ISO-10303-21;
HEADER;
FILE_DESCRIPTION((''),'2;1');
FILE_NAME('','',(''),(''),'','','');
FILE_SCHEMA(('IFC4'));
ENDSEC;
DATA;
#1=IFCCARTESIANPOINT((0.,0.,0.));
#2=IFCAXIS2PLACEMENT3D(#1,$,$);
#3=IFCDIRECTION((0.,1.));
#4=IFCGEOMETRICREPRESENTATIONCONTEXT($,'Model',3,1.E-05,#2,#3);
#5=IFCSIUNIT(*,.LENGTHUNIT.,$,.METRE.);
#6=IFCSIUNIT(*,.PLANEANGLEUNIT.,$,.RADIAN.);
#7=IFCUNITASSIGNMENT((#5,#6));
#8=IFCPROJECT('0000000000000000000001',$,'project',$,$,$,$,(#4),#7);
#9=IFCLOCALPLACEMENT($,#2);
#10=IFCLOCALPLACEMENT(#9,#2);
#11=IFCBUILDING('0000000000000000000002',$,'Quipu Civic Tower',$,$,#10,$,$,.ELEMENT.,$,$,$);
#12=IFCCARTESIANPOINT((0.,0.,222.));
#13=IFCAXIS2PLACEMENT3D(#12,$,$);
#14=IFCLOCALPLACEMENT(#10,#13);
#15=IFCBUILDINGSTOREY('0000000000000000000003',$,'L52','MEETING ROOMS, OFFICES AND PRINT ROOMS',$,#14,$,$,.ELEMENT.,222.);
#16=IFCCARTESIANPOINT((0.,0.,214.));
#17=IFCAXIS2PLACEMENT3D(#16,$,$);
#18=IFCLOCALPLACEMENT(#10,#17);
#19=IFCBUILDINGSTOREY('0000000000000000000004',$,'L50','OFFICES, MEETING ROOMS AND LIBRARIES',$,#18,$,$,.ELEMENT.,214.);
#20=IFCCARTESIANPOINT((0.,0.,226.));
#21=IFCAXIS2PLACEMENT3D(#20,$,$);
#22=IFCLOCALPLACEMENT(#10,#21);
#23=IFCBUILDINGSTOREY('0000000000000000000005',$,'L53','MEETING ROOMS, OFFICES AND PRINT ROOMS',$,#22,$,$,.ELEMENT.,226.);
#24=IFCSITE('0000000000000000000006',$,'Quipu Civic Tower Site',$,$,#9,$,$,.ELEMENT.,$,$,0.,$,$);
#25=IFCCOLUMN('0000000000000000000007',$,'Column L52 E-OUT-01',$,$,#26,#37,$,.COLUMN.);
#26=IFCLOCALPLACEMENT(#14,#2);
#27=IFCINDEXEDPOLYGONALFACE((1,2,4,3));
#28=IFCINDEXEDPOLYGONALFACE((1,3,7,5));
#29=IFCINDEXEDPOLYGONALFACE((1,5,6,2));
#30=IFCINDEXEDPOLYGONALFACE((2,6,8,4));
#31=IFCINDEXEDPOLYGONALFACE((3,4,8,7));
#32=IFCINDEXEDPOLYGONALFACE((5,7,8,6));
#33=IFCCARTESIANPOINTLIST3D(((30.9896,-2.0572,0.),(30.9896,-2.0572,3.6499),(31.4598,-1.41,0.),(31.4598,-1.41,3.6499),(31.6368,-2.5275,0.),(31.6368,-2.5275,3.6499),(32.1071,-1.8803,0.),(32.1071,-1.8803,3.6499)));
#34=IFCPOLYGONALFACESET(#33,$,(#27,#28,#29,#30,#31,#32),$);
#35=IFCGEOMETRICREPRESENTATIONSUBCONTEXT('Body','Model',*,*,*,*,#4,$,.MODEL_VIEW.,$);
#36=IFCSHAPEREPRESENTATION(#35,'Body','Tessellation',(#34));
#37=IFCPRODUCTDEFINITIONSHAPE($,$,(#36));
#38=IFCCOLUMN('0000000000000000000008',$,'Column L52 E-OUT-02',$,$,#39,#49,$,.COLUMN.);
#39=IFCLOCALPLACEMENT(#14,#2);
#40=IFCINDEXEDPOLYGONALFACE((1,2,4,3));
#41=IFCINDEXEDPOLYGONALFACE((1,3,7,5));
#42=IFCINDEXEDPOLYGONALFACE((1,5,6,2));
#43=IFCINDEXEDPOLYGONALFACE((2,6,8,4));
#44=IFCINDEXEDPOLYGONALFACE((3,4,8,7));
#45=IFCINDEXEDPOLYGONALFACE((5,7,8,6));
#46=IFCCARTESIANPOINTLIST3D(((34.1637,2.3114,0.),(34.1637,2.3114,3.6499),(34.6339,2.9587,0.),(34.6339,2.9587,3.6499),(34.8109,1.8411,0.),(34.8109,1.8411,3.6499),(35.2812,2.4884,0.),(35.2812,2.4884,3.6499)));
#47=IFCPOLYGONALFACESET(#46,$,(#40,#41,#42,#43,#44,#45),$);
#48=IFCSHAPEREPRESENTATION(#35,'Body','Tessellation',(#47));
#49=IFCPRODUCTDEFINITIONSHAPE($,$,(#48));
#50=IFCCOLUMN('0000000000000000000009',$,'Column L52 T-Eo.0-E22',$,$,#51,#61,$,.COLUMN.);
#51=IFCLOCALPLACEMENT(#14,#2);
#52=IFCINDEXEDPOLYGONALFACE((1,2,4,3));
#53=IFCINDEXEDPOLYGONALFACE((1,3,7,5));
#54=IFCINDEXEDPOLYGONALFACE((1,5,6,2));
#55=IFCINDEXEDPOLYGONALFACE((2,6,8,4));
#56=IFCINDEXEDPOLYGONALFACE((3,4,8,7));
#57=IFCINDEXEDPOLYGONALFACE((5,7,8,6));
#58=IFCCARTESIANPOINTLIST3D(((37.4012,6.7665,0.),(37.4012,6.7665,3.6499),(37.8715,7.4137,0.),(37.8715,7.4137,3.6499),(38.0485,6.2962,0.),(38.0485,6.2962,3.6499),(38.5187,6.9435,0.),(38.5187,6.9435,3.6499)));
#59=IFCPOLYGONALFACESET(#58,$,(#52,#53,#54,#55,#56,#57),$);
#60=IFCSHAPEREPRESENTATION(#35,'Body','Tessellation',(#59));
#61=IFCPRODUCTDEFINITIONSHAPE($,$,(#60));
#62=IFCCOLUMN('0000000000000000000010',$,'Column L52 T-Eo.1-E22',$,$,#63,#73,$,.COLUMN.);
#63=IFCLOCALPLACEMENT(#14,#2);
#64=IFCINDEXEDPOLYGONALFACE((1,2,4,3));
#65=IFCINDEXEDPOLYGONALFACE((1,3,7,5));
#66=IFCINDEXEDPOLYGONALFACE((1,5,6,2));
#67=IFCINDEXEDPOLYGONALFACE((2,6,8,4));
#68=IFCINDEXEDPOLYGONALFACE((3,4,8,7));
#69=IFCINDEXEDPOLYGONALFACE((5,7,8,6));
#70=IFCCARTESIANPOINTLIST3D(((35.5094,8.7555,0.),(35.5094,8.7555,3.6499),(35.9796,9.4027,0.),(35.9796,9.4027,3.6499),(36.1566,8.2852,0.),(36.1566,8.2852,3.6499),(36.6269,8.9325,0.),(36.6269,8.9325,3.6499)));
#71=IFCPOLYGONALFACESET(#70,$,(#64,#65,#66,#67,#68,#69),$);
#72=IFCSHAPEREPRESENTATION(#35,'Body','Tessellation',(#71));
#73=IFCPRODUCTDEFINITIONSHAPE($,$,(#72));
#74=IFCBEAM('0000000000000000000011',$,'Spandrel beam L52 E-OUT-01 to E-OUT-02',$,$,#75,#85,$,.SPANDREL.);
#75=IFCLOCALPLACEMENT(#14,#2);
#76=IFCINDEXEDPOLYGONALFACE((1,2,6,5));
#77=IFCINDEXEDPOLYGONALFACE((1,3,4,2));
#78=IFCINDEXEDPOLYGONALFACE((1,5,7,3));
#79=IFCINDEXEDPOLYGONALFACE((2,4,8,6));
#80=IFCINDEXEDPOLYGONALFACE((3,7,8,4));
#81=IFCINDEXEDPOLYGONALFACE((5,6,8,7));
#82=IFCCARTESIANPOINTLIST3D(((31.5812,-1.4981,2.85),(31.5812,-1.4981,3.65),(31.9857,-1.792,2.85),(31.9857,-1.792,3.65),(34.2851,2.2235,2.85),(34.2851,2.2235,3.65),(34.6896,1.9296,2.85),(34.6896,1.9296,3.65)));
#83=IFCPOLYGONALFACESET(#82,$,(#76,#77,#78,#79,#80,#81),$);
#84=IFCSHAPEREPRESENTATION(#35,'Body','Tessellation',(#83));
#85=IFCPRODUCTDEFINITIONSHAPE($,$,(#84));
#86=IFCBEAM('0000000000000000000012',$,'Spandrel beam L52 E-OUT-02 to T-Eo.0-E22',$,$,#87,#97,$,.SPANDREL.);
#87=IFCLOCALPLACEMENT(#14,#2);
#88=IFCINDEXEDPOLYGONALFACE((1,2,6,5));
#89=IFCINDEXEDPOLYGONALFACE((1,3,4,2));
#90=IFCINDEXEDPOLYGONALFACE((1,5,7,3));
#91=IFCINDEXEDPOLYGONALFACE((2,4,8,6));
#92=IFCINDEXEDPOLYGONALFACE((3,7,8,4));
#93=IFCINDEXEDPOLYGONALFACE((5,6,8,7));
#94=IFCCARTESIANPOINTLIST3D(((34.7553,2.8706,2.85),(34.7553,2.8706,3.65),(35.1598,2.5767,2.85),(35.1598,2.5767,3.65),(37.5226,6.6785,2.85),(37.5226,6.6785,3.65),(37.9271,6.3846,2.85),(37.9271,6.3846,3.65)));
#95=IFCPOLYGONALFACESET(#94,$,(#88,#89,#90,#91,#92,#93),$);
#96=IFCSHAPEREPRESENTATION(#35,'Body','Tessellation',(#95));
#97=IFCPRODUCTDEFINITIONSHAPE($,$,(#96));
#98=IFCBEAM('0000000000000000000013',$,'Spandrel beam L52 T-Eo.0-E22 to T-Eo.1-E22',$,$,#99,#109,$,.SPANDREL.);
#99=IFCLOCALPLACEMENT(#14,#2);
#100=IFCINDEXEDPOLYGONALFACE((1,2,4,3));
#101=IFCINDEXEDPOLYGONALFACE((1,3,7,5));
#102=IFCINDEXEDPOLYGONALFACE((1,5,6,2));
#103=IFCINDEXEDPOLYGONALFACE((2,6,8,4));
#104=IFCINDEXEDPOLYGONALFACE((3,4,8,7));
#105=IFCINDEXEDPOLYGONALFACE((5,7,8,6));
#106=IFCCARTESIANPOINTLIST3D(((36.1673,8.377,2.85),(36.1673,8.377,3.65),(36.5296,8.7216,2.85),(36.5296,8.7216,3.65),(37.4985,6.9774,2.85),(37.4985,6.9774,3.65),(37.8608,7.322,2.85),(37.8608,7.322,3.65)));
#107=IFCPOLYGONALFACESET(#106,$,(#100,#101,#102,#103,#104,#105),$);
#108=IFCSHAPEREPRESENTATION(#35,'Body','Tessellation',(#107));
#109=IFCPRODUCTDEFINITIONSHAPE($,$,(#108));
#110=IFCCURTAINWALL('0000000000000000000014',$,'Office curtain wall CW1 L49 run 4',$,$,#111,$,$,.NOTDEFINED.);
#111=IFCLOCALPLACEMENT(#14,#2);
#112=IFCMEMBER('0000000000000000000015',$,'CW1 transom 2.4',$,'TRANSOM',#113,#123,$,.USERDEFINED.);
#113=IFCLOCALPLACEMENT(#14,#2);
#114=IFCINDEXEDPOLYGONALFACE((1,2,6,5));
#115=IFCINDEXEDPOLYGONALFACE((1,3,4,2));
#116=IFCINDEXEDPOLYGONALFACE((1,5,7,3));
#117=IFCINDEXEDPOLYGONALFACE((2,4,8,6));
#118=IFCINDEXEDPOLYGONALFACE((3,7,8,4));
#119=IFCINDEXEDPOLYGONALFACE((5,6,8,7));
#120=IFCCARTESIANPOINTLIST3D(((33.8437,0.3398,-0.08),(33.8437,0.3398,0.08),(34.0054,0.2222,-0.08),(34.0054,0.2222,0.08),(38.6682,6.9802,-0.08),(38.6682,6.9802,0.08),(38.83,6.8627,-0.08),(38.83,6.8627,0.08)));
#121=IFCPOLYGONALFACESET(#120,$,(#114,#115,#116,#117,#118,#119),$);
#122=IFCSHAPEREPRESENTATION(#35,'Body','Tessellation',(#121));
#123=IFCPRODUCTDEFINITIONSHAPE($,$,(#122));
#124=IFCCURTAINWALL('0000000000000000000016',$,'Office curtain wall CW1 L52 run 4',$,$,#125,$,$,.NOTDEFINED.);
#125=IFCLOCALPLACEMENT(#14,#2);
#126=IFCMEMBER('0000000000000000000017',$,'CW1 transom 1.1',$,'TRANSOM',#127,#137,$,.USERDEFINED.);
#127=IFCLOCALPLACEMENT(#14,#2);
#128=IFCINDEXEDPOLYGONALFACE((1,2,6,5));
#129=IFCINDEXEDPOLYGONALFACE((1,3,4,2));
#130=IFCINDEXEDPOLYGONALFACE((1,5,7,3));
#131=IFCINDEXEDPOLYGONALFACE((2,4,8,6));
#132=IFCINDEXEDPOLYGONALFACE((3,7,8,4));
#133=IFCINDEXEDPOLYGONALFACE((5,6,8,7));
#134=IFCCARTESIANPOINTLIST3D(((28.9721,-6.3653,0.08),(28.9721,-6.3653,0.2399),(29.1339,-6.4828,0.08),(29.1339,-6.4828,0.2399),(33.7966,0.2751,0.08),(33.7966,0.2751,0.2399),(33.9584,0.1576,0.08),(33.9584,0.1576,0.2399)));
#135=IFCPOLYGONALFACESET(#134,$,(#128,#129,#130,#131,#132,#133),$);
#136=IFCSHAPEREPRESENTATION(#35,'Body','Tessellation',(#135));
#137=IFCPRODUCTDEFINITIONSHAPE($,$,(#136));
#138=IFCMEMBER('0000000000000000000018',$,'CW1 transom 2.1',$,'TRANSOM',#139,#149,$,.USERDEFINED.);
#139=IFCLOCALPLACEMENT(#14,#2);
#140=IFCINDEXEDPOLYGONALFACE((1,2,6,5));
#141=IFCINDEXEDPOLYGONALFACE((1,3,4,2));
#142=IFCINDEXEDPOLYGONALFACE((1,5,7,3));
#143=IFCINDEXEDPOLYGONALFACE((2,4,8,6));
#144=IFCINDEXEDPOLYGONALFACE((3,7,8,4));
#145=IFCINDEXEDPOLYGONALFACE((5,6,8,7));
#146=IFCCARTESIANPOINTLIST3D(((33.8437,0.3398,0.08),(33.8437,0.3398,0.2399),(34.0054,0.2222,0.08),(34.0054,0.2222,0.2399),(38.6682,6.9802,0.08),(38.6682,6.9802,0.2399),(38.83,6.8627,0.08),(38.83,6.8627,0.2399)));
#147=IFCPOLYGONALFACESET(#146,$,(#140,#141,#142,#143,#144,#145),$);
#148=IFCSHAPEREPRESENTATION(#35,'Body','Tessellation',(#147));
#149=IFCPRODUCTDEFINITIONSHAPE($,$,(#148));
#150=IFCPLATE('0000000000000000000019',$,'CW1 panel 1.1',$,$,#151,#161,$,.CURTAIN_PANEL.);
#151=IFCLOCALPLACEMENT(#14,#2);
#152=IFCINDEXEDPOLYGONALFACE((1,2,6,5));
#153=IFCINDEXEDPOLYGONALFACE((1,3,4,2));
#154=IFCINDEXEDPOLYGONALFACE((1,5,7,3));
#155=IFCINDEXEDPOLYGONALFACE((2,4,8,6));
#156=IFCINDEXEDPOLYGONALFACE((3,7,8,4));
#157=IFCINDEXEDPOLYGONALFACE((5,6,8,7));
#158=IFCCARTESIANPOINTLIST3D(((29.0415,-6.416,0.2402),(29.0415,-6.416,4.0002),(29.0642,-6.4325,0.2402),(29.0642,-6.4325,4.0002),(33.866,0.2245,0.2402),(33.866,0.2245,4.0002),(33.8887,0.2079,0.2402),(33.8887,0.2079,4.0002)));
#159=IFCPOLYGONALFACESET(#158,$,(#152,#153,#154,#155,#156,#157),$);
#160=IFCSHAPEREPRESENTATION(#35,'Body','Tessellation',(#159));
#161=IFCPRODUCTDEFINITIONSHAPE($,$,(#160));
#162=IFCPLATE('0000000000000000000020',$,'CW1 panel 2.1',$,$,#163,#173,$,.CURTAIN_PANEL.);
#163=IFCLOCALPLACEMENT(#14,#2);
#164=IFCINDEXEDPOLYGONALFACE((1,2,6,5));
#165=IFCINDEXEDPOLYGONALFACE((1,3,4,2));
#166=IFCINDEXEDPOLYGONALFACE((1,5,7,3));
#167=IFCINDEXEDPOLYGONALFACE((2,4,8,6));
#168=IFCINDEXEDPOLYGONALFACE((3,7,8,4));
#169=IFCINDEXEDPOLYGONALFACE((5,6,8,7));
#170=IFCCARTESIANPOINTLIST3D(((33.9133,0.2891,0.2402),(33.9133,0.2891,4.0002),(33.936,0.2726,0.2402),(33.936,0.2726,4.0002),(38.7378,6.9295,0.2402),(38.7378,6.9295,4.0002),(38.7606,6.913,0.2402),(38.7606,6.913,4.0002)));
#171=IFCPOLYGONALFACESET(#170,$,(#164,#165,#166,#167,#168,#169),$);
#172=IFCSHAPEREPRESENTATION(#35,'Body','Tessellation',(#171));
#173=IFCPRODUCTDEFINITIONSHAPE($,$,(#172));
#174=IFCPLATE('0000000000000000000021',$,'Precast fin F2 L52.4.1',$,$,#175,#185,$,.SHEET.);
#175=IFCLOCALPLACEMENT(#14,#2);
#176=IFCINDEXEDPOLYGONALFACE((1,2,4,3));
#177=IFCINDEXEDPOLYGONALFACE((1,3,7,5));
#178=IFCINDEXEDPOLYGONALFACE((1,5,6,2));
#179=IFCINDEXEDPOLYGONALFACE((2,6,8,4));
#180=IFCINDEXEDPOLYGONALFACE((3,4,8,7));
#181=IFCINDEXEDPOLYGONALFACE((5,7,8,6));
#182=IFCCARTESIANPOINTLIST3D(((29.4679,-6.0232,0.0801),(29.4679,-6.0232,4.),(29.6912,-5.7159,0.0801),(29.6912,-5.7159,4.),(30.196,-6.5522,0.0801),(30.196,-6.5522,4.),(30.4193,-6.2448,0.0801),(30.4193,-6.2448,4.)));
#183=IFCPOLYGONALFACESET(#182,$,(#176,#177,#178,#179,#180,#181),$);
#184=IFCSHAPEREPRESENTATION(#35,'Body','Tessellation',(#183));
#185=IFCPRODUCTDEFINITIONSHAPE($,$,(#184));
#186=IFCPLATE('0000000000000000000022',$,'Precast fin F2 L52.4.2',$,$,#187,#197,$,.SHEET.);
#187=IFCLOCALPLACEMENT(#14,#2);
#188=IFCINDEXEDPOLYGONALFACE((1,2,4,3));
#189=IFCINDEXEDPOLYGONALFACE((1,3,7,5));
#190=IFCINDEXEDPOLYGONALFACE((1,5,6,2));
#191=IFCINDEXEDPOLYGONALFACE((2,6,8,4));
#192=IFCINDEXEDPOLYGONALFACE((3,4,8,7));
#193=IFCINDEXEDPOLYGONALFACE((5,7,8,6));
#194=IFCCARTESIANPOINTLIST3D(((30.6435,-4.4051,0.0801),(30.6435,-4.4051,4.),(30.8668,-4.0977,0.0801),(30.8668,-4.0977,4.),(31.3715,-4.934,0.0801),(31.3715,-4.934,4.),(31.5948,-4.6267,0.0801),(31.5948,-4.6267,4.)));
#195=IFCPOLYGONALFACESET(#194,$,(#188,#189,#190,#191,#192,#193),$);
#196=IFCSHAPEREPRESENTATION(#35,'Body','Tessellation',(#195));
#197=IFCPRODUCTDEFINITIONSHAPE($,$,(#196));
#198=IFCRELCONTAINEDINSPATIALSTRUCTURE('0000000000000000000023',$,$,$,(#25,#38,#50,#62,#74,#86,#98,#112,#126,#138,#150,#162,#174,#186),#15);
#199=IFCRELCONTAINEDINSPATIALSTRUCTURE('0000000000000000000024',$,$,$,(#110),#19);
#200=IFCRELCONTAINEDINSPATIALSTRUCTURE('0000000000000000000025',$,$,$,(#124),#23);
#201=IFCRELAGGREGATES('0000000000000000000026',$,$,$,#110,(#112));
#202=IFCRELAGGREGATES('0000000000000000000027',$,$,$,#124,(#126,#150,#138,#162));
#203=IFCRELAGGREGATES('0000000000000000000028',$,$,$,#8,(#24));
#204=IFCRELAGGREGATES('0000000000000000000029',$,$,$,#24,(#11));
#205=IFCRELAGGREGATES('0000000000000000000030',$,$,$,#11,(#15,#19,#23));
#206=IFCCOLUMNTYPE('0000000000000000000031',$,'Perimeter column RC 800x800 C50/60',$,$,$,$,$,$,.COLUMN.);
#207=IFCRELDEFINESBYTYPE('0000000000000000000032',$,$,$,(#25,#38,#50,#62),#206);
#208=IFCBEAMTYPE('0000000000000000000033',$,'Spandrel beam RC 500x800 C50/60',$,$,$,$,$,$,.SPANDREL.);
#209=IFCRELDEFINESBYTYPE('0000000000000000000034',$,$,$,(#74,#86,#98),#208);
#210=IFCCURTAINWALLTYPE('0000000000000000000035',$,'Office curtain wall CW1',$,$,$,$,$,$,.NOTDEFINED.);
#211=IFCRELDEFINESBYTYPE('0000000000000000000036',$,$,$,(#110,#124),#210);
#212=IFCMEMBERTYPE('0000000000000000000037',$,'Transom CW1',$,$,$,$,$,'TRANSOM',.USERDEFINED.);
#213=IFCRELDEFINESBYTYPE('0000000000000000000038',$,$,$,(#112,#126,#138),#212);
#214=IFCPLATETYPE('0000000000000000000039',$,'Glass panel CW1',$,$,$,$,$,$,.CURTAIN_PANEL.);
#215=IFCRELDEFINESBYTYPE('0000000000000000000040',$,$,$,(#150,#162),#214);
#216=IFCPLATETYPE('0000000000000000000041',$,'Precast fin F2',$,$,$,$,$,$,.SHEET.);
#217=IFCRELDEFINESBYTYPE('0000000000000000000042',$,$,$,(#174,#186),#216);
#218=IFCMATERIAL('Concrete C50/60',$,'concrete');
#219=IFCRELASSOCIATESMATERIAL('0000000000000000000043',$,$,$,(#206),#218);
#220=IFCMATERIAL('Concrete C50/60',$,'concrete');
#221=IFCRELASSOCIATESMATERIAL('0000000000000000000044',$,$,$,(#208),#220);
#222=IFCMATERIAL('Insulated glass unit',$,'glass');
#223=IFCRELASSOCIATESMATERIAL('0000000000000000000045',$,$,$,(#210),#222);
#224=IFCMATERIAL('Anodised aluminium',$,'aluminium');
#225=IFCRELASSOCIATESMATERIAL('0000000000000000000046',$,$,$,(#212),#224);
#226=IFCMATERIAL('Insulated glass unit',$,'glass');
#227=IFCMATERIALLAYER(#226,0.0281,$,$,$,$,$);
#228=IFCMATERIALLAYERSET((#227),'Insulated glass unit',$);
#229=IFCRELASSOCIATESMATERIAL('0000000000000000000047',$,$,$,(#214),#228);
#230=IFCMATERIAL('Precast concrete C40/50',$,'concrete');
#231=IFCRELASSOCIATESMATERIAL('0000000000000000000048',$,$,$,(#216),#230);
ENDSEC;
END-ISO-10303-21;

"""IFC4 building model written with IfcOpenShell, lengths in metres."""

from ifc_helpers import new_model, si_unit, direction, frame, origin, origin_2d, place, context, subcontext, project, spatial, rectangle, extrude, material, layer, layer_set, material_profile, profile_set, type_object, element, aggregate, save


model = new_model("IFC4")

# Units and contexts
model_context = context("Model", 3, precision=1e-05, world=origin(), true_north=direction((0.0, 1.0)))
body_context = subcontext(model_context, "Body", "Model", "MODEL_VIEW")
ifc_project = project(units=[si_unit("LENGTHUNIT", "METRE"), si_unit("PLANEANGLEUNIT", "RADIAN")], contexts=[model_context])

# Site, building, storey
site_placement = place(None, origin())
site = spatial("IfcSite", under=ifc_project, at=site_placement, Name="Quipu Civic Tower Site", CompositionType="ELEMENT", RefElevation=0.0)
building_placement = place(site_placement, origin())
building = spatial("IfcBuilding", under=site, at=building_placement, Name="Quipu Civic Tower", CompositionType="ELEMENT")
storey_1_placement = place(building_placement, frame((0.0, 0.0, 222.0)))
storey_1 = spatial("IfcBuildingStorey", under=building, at=storey_1_placement, Name="L52", Description="MEETING ROOMS, OFFICES AND PRINT ROOMS", CompositionType="ELEMENT", Elevation=222.0)

# Columns
ifc_material_1 = material(Name="Concrete C50/60", Category="concrete")
ifc_material_profile_1 = material_profile(ifc_material_1, rectangle(XDim=0.8, YDim=0.8, at=origin_2d()), Name="RC800x800")
ifc_profile_set_1 = profile_set([ifc_material_profile_1], Name="Concrete C50/60")
column_type = type_object("IfcColumnType", Name="Perimeter column RC 800x800 C50/60", PredefinedType="COLUMN", material=ifc_profile_set_1)
for number, where, z_axis, x_axis, name in (
    (1, (31.5483, -1.9688, 0.0), (0.0, 0.0, 1.0), (0.587785, 0.809017, 0.0), "Column L52 E-OUT-01"),
    (2, (34.7224, 2.3999, 0.0), (0.0, 0.0, 1.0), (0.587785, 0.809017, 0.0), "Column L52 E-OUT-02"),
    (3, (37.96, 6.855, 0.0), (0.0, 0.0, 1.0), (0.587785, 0.809017, 0.0), "Column L52 T-Eo.0-E22"),
    (4, (36.0681, 8.844, 0.0), (0.0, 0.0, 1.0), (0.587785, 0.809017, 0.0), "Column L52 T-Eo.1-E22"),
):
    element("IfcColumn", number, at=place(storey_1_placement, frame(where, z_axis=z_axis, x_axis=x_axis)), inside=storey_1, type_object=column_type, Name=name, PredefinedType="COLUMN", context=body_context, shape_type="SweptSolid", body=[
        extrude(rectangle(XDim=0.8, YDim=0.8, at=origin_2d()), origin(), (0.0, 0.0, 1.0), 3.6499),
    ])

# Beams
ifc_material_2 = material(Name="Concrete C50/60", Category="concrete")
ifc_material_profile_2 = material_profile(ifc_material_2, rectangle(XDim=0.5, YDim=0.8, at=origin_2d()), Name="RC500x800")
ifc_profile_set_2 = profile_set([ifc_material_profile_2], Name="Concrete C50/60")
beam_type = type_object("IfcBeamType", Name="Spandrel beam RC 500x800 C50/60", PredefinedType="SPANDREL", material=ifc_profile_set_2)
beam_1_placement = place(storey_1_placement, frame((31.7834, -1.645, 3.25), z_axis=(0.587796, 0.809009, 0.0), x_axis=(-0.809009, 0.587796, 0.0)))
element("IfcBeam", 5, at=beam_1_placement, inside=storey_1, type_object=beam_type, Name="Spandrel beam L52 E-OUT-01 to E-OUT-02", PredefinedType="SPANDREL", context=body_context, shape_type="SweptSolid", body=[
    extrude(rectangle(XDim=0.5, YDim=0.8, at=origin_2d()), origin(), (0.0, 0.0, 1.0), 4.6001),
])
beam_2_placement = place(storey_1_placement, frame((34.9575, 2.7236, 3.25), z_axis=(0.587891, 0.80894, 0.0), x_axis=(-0.80894, 0.587891, 0.0)))
element("IfcBeam", 6, at=beam_2_placement, inside=storey_1, type_object=beam_type, Name="Spandrel beam L52 E-OUT-02 to T-Eo.0-E22", PredefinedType="SPANDREL", context=body_context, shape_type="SweptSolid", body=[
    extrude(rectangle(XDim=0.5, YDim=0.8, at=origin_2d()), origin(), (0.0, 0.0, 1.0), 4.7073),
])
beam_3_placement = place(storey_1_placement, frame((37.6797, 7.1497, 3.25), z_axis=(-0.689191, 0.72458, 0.0), x_axis=(-0.72458, -0.689191, 0.0)))
element("IfcBeam", 7, at=beam_3_placement, inside=storey_1, type_object=beam_type, Name="Spandrel beam L52 T-Eo.0-E22 to T-Eo.1-E22", PredefinedType="SPANDREL", context=body_context, shape_type="SweptSolid", body=[
    extrude(rectangle(XDim=0.5, YDim=0.8, at=origin_2d()), origin(), (0.0, 0.0, 1.0), 1.9316),
])

# Shared definitions
storey_2_placement = place(building_placement, frame((0.0, 0.0, 214.0)))
storey_2 = spatial("IfcBuildingStorey", under=building, at=storey_2_placement, Name="L50", Description="OFFICES, MEETING ROOMS AND LIBRARIES", CompositionType="ELEMENT", Elevation=214.0)

# Curtain wall, member
ifc_material_3 = material(Name="Insulated glass unit", Category="glass")
curtain_wall_type = type_object("IfcCurtainWallType", Name="Office curtain wall CW1", PredefinedType="NOTDEFINED", material=ifc_material_3)
curtain_wall_1_placement = place(storey_2_placement, origin())
curtain_wall_1 = element("IfcCurtainWall", 8, at=curtain_wall_1_placement, inside=storey_2, type_object=curtain_wall_type, Name="Office curtain wall CW1 L49 run 4", PredefinedType="NOTDEFINED")
ifc_material_4 = material(Name="Anodised aluminium", Category="aluminium")
ifc_material_profile_3 = material_profile(ifc_material_4, rectangle(XDim=0.2, YDim=0.1599, at=origin_2d()), Name="RECT 200x160")
ifc_profile_set_3 = profile_set([ifc_material_profile_3], Name="Anodised aluminium")
member_type = type_object("IfcMemberType", Name="Transom CW1", ElementType="TRANSOM", PredefinedType="USERDEFINED", material=ifc_profile_set_3)
member_1_placement = place(storey_1_placement, frame((33.9246, 0.281, 0.0), z_axis=(0.587781, 0.80902, 0.0), x_axis=(-0.80902, 0.587781, 0.0)))
member_1 = element("IfcMember", 9, at=member_1_placement, inside=storey_1, type_object=member_type, Name="CW1 transom 2.4", ObjectType="TRANSOM", PredefinedType="USERDEFINED", context=body_context, shape_type="SweptSolid", body=[
    extrude(rectangle(XDim=0.2, YDim=0.1599, at=origin_2d()), origin(), (0.0, 0.0, 1.0), 8.208),
])
aggregate(curtain_wall_1, [member_1])

# Shared definitions
storey_3_placement = place(building_placement, frame((0.0, 0.0, 226.0)))
storey_3 = spatial("IfcBuildingStorey", under=building, at=storey_3_placement, Name="L53", Description="MEETING ROOMS, OFFICES AND PRINT ROOMS", CompositionType="ELEMENT", Elevation=226.0)

# Curtain wall, members, plates
curtain_wall_2_placement = place(storey_3_placement, origin())
curtain_wall_2 = element("IfcCurtainWall", 10, at=curtain_wall_2_placement, inside=storey_3, type_object=curtain_wall_type, Name="Office curtain wall CW1 L52 run 4", PredefinedType="NOTDEFINED")
member_2_placement = place(storey_1_placement, frame((29.053, -6.4241, 0.1599), z_axis=(0.587781, 0.80902, 0.0), x_axis=(-0.80902, 0.587781, 0.0)))
member_2 = element("IfcMember", 11, at=member_2_placement, inside=storey_1, type_object=member_type, Name="CW1 transom 1.1", ObjectType="TRANSOM", PredefinedType="USERDEFINED", context=body_context, shape_type="SweptSolid", body=[
    extrude(rectangle(XDim=0.2, YDim=0.1599, at=origin_2d()), origin(), (0.0, 0.0, 1.0), 8.208),
])
member_3_placement = place(storey_1_placement, frame((33.9246, 0.281, 0.1599), z_axis=(0.587781, 0.80902, 0.0), x_axis=(-0.80902, 0.587781, 0.0)))
member_3 = element("IfcMember", 12, at=member_3_placement, inside=storey_1, type_object=member_type, Name="CW1 transom 2.1", ObjectType="TRANSOM", PredefinedType="USERDEFINED", context=body_context, shape_type="SweptSolid", body=[
    extrude(rectangle(XDim=0.2, YDim=0.1599, at=origin_2d()), origin(), (0.0, 0.0, 1.0), 8.208),
])
ifc_material_5 = material(Name="Insulated glass unit", Category="glass")
ifc_layer = layer(ifc_material_5, 0.0281)
ifc_layer_set = layer_set([ifc_layer], Name="Insulated glass unit")
plate_type_1 = type_object("IfcPlateType", Name="Glass panel CW1", PredefinedType="CURTAIN_PANEL", material=ifc_layer_set)
plate_1_placement = place(storey_1_placement, frame((31.4651, -3.104, 0.2402), z_axis=(0.0, 0.0, 1.0), x_axis=(0.587787, 0.809016, 0.0)))
plate_1 = element("IfcPlate", 13, at=plate_1_placement, inside=storey_1, type_object=plate_type_1, Name="CW1 panel 1.1", PredefinedType="CURTAIN_PANEL", context=body_context, shape_type="SweptSolid", body=[
    extrude(rectangle(XDim=8.208, YDim=0.0281, at=origin_2d()), origin(), (0.0, 0.0, 1.0), 3.76),
])
plate_2_placement = place(storey_1_placement, frame((36.3369, 3.6011, 0.2402), z_axis=(0.0, 0.0, 1.0), x_axis=(0.587787, 0.809016, 0.0)))
plate_2 = element("IfcPlate", 14, at=plate_2_placement, inside=storey_1, type_object=plate_type_1, Name="CW1 panel 2.1", PredefinedType="CURTAIN_PANEL", context=body_context, shape_type="SweptSolid", body=[
    extrude(rectangle(XDim=8.208, YDim=0.0281, at=origin_2d()), origin(), (0.0, 0.0, 1.0), 3.76),
])
aggregate(curtain_wall_2, [member_2, plate_1, member_3, plate_2])

# Plates
ifc_material_6 = material(Name="Precast concrete C40/50", Category="concrete")
plate_type_2 = type_object("IfcPlateType", Name="Precast fin F2", PredefinedType="SHEET", material=ifc_material_6)
for number, where, z_axis, x_axis, name in (
    (15, (29.9436, -6.134, 0.0801), (0.0, 0.0, 1.0), (0.587787, 0.809016, 0.0), "Precast fin F2 L52.4.1"),
    (16, (31.1191, -4.5159, 0.0801), (0.0, 0.0, 1.0), (0.587787, 0.809016, 0.0), "Precast fin F2 L52.4.2"),
):
    element("IfcPlate", number, at=place(storey_1_placement, frame(where, z_axis=z_axis, x_axis=x_axis)), inside=storey_1, type_object=plate_type_2, Name=name, PredefinedType="SHEET", context=body_context, shape_type="SweptSolid", body=[
        extrude(rectangle(XDim=0.3799, YDim=0.8999, at=origin_2d()), origin(), (0.0, 0.0, 1.0), 3.9199),
    ])

save(model, "model.ifc")
